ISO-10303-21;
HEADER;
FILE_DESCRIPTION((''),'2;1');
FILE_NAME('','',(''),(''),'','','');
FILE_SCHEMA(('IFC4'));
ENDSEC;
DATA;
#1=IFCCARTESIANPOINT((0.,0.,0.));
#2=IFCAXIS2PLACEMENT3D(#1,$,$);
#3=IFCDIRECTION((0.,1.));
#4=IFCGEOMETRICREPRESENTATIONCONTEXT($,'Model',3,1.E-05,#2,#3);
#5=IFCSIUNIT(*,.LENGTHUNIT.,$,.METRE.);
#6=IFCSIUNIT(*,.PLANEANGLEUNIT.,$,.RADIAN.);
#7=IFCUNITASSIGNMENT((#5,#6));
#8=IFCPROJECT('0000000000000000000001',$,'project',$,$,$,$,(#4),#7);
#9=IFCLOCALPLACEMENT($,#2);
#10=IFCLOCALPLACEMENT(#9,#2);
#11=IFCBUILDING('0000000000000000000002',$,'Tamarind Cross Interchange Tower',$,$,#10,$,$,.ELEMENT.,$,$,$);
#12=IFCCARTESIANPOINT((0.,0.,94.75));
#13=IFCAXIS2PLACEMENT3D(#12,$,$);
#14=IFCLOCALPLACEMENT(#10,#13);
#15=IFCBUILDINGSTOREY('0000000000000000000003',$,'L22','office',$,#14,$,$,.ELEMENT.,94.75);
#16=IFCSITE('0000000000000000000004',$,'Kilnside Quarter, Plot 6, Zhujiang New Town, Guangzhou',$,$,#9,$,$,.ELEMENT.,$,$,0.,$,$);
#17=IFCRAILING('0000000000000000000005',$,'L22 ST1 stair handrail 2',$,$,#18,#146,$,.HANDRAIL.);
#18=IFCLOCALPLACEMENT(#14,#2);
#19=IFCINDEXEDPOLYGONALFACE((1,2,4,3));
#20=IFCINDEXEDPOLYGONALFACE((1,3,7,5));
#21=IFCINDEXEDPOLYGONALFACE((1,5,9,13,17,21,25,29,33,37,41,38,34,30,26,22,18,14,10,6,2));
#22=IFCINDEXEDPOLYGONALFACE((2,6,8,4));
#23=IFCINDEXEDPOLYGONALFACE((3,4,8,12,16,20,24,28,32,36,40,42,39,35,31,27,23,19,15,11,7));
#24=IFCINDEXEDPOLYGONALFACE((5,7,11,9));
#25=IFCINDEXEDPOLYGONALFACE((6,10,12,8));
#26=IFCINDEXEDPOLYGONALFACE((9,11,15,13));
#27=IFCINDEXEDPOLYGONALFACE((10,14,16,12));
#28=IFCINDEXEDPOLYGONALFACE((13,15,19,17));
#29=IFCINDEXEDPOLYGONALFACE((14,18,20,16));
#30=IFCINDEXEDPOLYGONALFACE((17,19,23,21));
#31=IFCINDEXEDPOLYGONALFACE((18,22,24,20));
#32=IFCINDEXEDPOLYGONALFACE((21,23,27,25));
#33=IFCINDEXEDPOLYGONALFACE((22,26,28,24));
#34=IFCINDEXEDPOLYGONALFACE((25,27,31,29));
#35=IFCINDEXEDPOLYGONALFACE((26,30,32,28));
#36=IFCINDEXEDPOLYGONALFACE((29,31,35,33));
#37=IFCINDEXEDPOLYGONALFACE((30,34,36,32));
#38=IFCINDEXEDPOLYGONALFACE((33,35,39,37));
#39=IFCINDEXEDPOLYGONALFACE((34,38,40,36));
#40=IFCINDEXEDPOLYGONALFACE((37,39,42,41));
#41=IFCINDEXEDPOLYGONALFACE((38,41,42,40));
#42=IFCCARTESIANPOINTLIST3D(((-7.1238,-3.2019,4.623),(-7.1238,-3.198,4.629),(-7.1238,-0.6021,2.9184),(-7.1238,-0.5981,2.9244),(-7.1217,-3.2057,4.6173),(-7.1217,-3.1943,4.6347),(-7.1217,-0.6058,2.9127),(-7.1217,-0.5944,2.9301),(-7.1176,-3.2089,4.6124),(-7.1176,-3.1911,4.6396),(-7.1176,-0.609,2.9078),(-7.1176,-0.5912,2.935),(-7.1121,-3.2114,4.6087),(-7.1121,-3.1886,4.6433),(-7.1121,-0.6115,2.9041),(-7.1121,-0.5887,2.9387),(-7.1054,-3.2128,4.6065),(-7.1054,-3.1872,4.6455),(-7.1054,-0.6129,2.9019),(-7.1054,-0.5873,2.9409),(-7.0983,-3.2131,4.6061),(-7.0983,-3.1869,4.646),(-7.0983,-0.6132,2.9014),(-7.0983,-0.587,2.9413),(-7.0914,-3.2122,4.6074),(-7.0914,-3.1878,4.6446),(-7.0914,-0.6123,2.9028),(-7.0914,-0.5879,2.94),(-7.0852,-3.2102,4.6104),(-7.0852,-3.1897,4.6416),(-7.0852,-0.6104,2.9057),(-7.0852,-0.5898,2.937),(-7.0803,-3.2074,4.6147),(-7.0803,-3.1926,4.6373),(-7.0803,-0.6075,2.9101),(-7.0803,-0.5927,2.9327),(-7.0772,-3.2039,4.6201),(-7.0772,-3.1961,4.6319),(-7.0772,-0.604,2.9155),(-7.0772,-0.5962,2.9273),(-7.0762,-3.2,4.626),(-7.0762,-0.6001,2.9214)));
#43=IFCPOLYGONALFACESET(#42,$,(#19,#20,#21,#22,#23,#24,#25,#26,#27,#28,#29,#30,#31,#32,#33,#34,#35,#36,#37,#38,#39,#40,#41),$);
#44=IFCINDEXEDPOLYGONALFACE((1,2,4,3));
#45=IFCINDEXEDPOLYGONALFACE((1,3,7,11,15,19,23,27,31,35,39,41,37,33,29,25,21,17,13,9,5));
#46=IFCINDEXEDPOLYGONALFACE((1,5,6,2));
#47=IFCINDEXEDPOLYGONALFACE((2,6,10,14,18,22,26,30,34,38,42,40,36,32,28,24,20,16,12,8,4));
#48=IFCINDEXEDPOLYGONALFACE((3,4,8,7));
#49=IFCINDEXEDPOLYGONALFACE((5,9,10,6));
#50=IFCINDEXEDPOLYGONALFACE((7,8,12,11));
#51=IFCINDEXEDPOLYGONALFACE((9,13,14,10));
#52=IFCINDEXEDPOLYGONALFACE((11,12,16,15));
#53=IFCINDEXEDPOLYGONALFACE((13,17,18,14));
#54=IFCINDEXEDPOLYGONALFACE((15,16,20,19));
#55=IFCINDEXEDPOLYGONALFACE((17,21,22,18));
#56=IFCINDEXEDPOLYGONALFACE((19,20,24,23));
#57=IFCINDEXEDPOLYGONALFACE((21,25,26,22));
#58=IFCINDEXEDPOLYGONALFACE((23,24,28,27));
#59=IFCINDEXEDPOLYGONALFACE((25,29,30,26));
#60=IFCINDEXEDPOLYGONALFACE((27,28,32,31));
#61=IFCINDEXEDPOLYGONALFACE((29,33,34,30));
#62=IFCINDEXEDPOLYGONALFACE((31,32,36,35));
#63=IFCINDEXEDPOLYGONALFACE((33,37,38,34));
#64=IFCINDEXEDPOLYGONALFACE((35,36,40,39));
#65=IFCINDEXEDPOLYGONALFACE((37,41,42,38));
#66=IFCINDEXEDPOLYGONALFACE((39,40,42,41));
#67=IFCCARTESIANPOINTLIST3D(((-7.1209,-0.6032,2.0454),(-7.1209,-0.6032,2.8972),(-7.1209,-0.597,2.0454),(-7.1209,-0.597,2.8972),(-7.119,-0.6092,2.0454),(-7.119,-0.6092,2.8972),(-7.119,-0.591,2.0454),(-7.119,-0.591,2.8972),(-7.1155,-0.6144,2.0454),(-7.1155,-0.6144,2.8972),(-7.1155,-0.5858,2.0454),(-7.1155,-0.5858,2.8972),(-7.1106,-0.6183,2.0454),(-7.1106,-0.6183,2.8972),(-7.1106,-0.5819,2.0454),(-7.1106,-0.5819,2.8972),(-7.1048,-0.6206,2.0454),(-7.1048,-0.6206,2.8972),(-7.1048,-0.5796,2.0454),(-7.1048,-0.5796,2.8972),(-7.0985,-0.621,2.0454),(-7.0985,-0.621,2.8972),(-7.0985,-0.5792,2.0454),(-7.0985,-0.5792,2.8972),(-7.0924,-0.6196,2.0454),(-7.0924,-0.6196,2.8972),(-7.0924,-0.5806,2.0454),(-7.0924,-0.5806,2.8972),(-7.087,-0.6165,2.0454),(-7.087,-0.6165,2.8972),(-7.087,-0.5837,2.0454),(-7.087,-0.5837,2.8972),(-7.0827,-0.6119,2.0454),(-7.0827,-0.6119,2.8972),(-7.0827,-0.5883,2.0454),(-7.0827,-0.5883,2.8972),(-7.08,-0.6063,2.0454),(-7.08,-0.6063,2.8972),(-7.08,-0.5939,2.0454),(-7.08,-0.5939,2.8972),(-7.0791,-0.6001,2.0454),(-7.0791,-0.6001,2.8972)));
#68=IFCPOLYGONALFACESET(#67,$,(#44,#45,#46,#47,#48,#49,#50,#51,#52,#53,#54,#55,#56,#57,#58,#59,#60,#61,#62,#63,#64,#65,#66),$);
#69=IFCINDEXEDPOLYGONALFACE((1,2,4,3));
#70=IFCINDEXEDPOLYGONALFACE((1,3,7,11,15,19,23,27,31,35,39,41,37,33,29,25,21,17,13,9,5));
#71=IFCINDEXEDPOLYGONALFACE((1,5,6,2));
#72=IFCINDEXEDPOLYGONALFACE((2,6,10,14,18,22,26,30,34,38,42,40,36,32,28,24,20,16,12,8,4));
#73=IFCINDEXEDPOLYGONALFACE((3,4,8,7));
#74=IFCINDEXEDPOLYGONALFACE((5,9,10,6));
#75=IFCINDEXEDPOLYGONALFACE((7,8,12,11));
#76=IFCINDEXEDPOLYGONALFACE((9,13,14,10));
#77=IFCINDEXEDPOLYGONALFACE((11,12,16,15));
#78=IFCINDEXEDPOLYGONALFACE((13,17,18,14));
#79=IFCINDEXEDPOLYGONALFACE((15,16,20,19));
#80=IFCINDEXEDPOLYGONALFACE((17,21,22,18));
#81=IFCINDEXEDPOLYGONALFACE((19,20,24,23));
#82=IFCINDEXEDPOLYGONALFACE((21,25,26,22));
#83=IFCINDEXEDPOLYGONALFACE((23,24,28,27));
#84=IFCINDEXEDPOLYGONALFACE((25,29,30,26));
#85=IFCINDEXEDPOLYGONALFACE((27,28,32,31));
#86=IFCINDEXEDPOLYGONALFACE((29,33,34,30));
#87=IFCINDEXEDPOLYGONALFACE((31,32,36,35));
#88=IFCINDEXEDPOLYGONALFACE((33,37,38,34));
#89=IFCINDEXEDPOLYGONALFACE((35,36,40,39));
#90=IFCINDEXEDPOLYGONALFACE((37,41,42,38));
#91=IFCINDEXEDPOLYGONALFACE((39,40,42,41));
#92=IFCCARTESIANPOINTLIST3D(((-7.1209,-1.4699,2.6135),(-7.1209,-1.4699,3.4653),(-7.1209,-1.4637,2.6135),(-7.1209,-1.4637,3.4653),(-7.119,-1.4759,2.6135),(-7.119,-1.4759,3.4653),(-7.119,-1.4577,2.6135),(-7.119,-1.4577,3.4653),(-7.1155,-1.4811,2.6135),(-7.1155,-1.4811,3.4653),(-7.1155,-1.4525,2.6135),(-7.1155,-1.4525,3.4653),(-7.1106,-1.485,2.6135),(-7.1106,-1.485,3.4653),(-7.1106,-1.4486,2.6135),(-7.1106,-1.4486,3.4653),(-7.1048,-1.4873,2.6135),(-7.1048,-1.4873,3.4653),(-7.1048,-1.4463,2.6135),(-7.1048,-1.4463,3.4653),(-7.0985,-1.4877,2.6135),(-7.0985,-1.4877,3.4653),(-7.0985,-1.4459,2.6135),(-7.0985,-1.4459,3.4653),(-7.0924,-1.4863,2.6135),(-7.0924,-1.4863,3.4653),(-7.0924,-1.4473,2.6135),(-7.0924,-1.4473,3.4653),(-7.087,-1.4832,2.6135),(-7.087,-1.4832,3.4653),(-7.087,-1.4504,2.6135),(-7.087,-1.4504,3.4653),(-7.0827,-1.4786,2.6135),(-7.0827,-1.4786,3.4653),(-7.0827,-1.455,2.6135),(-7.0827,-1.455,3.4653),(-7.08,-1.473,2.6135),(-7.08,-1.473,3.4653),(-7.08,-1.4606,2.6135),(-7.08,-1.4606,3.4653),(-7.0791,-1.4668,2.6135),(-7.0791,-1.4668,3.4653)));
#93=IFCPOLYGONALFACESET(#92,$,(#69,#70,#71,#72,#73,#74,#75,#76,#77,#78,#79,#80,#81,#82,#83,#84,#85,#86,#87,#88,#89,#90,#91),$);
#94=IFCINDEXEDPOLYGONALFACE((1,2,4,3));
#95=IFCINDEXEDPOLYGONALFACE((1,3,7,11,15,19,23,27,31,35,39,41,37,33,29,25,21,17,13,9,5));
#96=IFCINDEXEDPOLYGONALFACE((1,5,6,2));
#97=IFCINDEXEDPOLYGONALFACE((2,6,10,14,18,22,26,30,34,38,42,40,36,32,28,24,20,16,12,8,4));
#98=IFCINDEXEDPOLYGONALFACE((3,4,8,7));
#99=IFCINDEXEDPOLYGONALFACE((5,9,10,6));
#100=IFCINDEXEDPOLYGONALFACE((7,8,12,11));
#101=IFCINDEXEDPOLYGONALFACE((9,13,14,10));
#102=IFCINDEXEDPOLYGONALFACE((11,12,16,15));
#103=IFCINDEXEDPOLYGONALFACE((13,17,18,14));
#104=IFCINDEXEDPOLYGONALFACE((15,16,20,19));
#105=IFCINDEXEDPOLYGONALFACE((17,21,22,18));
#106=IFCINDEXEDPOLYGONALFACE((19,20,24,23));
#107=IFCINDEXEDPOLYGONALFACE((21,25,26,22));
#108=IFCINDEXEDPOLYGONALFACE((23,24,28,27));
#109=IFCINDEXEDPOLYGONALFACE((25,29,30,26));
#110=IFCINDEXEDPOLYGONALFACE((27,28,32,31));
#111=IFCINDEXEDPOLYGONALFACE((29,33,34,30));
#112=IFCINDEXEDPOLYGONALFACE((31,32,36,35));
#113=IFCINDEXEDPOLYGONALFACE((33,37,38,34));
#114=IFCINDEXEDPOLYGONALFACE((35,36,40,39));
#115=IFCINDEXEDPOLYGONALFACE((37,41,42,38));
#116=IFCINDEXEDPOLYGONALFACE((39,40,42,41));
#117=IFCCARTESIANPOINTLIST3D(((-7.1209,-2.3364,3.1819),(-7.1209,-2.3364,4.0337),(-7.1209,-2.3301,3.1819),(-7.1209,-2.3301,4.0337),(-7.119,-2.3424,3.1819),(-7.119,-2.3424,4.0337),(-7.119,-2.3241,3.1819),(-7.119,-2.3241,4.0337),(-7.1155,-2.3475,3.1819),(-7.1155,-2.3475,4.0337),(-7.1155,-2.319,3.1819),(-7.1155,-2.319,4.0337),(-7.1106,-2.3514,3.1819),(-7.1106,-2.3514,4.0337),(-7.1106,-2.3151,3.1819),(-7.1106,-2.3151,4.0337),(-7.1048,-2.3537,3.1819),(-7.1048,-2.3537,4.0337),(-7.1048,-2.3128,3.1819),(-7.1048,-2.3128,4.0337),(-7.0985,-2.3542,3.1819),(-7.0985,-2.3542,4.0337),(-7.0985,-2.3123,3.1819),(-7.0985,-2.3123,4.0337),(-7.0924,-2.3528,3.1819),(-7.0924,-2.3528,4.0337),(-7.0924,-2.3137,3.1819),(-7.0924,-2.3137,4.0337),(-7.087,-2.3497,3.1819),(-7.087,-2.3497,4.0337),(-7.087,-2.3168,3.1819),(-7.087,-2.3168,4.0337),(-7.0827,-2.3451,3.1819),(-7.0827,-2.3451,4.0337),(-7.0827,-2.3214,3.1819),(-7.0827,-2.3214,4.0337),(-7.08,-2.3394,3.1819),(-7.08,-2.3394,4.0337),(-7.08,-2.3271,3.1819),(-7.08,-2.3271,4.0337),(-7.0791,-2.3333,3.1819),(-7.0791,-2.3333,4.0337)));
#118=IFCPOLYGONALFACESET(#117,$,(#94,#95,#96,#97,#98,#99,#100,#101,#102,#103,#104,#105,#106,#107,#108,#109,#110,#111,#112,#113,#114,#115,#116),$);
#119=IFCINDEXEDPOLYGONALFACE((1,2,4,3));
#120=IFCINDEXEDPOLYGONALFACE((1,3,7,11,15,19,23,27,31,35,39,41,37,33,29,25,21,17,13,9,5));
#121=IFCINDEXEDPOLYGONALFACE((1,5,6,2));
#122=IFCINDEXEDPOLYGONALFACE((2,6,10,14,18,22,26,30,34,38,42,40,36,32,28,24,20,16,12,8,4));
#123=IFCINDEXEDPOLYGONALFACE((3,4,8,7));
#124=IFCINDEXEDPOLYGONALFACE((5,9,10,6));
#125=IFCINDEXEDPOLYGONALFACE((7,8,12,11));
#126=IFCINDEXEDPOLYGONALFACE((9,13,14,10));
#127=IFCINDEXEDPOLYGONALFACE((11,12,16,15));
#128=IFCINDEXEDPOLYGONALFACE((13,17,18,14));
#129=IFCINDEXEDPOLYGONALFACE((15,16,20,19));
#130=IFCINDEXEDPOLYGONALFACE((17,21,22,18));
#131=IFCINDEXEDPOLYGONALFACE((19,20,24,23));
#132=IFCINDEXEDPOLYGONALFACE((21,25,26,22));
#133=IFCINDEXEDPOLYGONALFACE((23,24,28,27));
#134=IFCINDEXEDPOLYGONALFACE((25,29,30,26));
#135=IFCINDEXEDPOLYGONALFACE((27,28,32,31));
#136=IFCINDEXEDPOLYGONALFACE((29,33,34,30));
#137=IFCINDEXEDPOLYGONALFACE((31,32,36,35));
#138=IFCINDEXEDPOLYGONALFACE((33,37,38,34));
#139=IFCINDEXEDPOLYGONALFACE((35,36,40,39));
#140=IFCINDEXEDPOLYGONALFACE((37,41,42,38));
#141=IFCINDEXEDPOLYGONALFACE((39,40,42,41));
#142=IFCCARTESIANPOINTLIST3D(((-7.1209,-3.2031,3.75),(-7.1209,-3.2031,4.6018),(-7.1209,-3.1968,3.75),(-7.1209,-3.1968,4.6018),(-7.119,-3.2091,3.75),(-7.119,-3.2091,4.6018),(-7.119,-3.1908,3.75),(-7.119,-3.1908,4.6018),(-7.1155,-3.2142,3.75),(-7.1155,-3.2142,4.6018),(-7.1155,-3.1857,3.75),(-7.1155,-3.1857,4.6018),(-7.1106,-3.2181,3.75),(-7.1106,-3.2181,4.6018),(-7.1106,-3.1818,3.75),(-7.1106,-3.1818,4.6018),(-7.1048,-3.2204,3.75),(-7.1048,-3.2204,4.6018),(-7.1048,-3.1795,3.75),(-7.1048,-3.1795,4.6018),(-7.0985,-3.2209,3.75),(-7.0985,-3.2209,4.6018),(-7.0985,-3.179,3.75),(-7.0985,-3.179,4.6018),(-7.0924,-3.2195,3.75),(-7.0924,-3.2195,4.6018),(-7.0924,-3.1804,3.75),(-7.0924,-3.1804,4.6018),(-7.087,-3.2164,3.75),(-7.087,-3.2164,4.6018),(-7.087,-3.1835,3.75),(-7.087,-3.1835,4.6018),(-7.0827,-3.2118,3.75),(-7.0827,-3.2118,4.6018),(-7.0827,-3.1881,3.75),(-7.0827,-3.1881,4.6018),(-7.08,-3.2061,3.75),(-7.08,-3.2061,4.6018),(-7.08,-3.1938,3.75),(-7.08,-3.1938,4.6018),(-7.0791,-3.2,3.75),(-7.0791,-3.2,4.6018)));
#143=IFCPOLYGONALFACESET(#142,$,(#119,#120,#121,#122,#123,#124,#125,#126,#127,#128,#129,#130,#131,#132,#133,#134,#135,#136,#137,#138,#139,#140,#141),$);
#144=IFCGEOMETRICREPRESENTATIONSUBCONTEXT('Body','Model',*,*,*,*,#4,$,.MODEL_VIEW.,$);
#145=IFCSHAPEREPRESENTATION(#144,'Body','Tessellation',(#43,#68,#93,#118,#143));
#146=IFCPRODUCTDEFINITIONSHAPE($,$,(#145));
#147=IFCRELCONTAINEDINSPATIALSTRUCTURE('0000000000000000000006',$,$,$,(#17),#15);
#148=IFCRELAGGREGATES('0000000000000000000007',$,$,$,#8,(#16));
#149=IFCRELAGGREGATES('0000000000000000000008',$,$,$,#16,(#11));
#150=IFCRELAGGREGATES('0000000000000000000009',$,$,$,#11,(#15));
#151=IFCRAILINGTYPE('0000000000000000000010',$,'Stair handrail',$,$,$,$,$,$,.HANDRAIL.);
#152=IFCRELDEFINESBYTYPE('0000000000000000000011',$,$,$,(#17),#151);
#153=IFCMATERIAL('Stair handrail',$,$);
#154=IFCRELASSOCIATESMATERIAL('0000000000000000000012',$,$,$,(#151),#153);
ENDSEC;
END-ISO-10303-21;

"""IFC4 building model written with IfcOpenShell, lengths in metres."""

from ifc_helpers import new_model, si_unit, direction, frame, origin, origin_2d, place, context, subcontext, project, spatial, circle, extrude, material, type_object, element, save


model = new_model("IFC4")

# Units and contexts
model_context = context("Model", 3, precision=1e-05, world=origin(), true_north=direction((0.0, 1.0)))
body_context = subcontext(model_context, "Body", "Model", "MODEL_VIEW")
ifc_project = project(units=[si_unit("LENGTHUNIT", "METRE"), si_unit("PLANEANGLEUNIT", "RADIAN")], contexts=[model_context])

# Site, building, storey
site_placement = place(None, origin())
site = spatial("IfcSite", under=ifc_project, at=site_placement, Name="Kilnside Quarter, Plot 6, Zhujiang New Town, Guangzhou", CompositionType="ELEMENT", RefElevation=0.0)
building_placement = place(site_placement, origin())
building = spatial("IfcBuilding", under=site, at=building_placement, Name="Tamarind Cross Interchange Tower", CompositionType="ELEMENT")
storey_placement = place(building_placement, frame((0.0, 0.0, 94.75)))
storey = spatial("IfcBuildingStorey", under=building, at=storey_placement, Name="L22", Description="office", CompositionType="ELEMENT", Elevation=94.75)

# Railing
ifc_material_1 = material(Name="Stair handrail")
railing_type_1 = type_object("IfcRailingType", Name="Stair handrail", PredefinedType="HANDRAIL", material=ifc_material_1)
railing_1_placement = place(storey_placement, frame((-7.1001, -0.6001, 2.0454)))
element("IfcRailing", 1, at=railing_1_placement, inside=storey, type_object=railing_type_1, Name="L22 ST1 stair handrail 2", PredefinedType="HANDRAIL", context=body_context, shape_type="SweptSolid", body=[
    extrude(circle(Radius=0.0239, at=origin_2d()), frame((0.0, 0.0, 0.876), z_axis=(0.0, -0.836279, 0.548305), x_axis=(1.0, 0.0, 0.0)), (0.0, 0.0, 1.0), 3.1089),
    extrude(circle(Radius=0.021, at=origin_2d()), origin(), (0.0, 0.0, 1.0), 0.8518),
    extrude(circle(Radius=0.021, at=origin_2d()), frame((0.0, -0.8667, 0.5681)), (0.0, 0.0, 1.0), 0.8518),
    extrude(circle(Radius=0.021, at=origin_2d()), frame((0.0, -1.7332, 1.1365)), (0.0, 0.0, 1.0), 0.8518),
    extrude(circle(Radius=0.021, at=origin_2d()), frame((0.0, -2.5999, 1.7046)), (0.0, 0.0, 1.0), 0.8518),
])

save(model, "model.ifc")
